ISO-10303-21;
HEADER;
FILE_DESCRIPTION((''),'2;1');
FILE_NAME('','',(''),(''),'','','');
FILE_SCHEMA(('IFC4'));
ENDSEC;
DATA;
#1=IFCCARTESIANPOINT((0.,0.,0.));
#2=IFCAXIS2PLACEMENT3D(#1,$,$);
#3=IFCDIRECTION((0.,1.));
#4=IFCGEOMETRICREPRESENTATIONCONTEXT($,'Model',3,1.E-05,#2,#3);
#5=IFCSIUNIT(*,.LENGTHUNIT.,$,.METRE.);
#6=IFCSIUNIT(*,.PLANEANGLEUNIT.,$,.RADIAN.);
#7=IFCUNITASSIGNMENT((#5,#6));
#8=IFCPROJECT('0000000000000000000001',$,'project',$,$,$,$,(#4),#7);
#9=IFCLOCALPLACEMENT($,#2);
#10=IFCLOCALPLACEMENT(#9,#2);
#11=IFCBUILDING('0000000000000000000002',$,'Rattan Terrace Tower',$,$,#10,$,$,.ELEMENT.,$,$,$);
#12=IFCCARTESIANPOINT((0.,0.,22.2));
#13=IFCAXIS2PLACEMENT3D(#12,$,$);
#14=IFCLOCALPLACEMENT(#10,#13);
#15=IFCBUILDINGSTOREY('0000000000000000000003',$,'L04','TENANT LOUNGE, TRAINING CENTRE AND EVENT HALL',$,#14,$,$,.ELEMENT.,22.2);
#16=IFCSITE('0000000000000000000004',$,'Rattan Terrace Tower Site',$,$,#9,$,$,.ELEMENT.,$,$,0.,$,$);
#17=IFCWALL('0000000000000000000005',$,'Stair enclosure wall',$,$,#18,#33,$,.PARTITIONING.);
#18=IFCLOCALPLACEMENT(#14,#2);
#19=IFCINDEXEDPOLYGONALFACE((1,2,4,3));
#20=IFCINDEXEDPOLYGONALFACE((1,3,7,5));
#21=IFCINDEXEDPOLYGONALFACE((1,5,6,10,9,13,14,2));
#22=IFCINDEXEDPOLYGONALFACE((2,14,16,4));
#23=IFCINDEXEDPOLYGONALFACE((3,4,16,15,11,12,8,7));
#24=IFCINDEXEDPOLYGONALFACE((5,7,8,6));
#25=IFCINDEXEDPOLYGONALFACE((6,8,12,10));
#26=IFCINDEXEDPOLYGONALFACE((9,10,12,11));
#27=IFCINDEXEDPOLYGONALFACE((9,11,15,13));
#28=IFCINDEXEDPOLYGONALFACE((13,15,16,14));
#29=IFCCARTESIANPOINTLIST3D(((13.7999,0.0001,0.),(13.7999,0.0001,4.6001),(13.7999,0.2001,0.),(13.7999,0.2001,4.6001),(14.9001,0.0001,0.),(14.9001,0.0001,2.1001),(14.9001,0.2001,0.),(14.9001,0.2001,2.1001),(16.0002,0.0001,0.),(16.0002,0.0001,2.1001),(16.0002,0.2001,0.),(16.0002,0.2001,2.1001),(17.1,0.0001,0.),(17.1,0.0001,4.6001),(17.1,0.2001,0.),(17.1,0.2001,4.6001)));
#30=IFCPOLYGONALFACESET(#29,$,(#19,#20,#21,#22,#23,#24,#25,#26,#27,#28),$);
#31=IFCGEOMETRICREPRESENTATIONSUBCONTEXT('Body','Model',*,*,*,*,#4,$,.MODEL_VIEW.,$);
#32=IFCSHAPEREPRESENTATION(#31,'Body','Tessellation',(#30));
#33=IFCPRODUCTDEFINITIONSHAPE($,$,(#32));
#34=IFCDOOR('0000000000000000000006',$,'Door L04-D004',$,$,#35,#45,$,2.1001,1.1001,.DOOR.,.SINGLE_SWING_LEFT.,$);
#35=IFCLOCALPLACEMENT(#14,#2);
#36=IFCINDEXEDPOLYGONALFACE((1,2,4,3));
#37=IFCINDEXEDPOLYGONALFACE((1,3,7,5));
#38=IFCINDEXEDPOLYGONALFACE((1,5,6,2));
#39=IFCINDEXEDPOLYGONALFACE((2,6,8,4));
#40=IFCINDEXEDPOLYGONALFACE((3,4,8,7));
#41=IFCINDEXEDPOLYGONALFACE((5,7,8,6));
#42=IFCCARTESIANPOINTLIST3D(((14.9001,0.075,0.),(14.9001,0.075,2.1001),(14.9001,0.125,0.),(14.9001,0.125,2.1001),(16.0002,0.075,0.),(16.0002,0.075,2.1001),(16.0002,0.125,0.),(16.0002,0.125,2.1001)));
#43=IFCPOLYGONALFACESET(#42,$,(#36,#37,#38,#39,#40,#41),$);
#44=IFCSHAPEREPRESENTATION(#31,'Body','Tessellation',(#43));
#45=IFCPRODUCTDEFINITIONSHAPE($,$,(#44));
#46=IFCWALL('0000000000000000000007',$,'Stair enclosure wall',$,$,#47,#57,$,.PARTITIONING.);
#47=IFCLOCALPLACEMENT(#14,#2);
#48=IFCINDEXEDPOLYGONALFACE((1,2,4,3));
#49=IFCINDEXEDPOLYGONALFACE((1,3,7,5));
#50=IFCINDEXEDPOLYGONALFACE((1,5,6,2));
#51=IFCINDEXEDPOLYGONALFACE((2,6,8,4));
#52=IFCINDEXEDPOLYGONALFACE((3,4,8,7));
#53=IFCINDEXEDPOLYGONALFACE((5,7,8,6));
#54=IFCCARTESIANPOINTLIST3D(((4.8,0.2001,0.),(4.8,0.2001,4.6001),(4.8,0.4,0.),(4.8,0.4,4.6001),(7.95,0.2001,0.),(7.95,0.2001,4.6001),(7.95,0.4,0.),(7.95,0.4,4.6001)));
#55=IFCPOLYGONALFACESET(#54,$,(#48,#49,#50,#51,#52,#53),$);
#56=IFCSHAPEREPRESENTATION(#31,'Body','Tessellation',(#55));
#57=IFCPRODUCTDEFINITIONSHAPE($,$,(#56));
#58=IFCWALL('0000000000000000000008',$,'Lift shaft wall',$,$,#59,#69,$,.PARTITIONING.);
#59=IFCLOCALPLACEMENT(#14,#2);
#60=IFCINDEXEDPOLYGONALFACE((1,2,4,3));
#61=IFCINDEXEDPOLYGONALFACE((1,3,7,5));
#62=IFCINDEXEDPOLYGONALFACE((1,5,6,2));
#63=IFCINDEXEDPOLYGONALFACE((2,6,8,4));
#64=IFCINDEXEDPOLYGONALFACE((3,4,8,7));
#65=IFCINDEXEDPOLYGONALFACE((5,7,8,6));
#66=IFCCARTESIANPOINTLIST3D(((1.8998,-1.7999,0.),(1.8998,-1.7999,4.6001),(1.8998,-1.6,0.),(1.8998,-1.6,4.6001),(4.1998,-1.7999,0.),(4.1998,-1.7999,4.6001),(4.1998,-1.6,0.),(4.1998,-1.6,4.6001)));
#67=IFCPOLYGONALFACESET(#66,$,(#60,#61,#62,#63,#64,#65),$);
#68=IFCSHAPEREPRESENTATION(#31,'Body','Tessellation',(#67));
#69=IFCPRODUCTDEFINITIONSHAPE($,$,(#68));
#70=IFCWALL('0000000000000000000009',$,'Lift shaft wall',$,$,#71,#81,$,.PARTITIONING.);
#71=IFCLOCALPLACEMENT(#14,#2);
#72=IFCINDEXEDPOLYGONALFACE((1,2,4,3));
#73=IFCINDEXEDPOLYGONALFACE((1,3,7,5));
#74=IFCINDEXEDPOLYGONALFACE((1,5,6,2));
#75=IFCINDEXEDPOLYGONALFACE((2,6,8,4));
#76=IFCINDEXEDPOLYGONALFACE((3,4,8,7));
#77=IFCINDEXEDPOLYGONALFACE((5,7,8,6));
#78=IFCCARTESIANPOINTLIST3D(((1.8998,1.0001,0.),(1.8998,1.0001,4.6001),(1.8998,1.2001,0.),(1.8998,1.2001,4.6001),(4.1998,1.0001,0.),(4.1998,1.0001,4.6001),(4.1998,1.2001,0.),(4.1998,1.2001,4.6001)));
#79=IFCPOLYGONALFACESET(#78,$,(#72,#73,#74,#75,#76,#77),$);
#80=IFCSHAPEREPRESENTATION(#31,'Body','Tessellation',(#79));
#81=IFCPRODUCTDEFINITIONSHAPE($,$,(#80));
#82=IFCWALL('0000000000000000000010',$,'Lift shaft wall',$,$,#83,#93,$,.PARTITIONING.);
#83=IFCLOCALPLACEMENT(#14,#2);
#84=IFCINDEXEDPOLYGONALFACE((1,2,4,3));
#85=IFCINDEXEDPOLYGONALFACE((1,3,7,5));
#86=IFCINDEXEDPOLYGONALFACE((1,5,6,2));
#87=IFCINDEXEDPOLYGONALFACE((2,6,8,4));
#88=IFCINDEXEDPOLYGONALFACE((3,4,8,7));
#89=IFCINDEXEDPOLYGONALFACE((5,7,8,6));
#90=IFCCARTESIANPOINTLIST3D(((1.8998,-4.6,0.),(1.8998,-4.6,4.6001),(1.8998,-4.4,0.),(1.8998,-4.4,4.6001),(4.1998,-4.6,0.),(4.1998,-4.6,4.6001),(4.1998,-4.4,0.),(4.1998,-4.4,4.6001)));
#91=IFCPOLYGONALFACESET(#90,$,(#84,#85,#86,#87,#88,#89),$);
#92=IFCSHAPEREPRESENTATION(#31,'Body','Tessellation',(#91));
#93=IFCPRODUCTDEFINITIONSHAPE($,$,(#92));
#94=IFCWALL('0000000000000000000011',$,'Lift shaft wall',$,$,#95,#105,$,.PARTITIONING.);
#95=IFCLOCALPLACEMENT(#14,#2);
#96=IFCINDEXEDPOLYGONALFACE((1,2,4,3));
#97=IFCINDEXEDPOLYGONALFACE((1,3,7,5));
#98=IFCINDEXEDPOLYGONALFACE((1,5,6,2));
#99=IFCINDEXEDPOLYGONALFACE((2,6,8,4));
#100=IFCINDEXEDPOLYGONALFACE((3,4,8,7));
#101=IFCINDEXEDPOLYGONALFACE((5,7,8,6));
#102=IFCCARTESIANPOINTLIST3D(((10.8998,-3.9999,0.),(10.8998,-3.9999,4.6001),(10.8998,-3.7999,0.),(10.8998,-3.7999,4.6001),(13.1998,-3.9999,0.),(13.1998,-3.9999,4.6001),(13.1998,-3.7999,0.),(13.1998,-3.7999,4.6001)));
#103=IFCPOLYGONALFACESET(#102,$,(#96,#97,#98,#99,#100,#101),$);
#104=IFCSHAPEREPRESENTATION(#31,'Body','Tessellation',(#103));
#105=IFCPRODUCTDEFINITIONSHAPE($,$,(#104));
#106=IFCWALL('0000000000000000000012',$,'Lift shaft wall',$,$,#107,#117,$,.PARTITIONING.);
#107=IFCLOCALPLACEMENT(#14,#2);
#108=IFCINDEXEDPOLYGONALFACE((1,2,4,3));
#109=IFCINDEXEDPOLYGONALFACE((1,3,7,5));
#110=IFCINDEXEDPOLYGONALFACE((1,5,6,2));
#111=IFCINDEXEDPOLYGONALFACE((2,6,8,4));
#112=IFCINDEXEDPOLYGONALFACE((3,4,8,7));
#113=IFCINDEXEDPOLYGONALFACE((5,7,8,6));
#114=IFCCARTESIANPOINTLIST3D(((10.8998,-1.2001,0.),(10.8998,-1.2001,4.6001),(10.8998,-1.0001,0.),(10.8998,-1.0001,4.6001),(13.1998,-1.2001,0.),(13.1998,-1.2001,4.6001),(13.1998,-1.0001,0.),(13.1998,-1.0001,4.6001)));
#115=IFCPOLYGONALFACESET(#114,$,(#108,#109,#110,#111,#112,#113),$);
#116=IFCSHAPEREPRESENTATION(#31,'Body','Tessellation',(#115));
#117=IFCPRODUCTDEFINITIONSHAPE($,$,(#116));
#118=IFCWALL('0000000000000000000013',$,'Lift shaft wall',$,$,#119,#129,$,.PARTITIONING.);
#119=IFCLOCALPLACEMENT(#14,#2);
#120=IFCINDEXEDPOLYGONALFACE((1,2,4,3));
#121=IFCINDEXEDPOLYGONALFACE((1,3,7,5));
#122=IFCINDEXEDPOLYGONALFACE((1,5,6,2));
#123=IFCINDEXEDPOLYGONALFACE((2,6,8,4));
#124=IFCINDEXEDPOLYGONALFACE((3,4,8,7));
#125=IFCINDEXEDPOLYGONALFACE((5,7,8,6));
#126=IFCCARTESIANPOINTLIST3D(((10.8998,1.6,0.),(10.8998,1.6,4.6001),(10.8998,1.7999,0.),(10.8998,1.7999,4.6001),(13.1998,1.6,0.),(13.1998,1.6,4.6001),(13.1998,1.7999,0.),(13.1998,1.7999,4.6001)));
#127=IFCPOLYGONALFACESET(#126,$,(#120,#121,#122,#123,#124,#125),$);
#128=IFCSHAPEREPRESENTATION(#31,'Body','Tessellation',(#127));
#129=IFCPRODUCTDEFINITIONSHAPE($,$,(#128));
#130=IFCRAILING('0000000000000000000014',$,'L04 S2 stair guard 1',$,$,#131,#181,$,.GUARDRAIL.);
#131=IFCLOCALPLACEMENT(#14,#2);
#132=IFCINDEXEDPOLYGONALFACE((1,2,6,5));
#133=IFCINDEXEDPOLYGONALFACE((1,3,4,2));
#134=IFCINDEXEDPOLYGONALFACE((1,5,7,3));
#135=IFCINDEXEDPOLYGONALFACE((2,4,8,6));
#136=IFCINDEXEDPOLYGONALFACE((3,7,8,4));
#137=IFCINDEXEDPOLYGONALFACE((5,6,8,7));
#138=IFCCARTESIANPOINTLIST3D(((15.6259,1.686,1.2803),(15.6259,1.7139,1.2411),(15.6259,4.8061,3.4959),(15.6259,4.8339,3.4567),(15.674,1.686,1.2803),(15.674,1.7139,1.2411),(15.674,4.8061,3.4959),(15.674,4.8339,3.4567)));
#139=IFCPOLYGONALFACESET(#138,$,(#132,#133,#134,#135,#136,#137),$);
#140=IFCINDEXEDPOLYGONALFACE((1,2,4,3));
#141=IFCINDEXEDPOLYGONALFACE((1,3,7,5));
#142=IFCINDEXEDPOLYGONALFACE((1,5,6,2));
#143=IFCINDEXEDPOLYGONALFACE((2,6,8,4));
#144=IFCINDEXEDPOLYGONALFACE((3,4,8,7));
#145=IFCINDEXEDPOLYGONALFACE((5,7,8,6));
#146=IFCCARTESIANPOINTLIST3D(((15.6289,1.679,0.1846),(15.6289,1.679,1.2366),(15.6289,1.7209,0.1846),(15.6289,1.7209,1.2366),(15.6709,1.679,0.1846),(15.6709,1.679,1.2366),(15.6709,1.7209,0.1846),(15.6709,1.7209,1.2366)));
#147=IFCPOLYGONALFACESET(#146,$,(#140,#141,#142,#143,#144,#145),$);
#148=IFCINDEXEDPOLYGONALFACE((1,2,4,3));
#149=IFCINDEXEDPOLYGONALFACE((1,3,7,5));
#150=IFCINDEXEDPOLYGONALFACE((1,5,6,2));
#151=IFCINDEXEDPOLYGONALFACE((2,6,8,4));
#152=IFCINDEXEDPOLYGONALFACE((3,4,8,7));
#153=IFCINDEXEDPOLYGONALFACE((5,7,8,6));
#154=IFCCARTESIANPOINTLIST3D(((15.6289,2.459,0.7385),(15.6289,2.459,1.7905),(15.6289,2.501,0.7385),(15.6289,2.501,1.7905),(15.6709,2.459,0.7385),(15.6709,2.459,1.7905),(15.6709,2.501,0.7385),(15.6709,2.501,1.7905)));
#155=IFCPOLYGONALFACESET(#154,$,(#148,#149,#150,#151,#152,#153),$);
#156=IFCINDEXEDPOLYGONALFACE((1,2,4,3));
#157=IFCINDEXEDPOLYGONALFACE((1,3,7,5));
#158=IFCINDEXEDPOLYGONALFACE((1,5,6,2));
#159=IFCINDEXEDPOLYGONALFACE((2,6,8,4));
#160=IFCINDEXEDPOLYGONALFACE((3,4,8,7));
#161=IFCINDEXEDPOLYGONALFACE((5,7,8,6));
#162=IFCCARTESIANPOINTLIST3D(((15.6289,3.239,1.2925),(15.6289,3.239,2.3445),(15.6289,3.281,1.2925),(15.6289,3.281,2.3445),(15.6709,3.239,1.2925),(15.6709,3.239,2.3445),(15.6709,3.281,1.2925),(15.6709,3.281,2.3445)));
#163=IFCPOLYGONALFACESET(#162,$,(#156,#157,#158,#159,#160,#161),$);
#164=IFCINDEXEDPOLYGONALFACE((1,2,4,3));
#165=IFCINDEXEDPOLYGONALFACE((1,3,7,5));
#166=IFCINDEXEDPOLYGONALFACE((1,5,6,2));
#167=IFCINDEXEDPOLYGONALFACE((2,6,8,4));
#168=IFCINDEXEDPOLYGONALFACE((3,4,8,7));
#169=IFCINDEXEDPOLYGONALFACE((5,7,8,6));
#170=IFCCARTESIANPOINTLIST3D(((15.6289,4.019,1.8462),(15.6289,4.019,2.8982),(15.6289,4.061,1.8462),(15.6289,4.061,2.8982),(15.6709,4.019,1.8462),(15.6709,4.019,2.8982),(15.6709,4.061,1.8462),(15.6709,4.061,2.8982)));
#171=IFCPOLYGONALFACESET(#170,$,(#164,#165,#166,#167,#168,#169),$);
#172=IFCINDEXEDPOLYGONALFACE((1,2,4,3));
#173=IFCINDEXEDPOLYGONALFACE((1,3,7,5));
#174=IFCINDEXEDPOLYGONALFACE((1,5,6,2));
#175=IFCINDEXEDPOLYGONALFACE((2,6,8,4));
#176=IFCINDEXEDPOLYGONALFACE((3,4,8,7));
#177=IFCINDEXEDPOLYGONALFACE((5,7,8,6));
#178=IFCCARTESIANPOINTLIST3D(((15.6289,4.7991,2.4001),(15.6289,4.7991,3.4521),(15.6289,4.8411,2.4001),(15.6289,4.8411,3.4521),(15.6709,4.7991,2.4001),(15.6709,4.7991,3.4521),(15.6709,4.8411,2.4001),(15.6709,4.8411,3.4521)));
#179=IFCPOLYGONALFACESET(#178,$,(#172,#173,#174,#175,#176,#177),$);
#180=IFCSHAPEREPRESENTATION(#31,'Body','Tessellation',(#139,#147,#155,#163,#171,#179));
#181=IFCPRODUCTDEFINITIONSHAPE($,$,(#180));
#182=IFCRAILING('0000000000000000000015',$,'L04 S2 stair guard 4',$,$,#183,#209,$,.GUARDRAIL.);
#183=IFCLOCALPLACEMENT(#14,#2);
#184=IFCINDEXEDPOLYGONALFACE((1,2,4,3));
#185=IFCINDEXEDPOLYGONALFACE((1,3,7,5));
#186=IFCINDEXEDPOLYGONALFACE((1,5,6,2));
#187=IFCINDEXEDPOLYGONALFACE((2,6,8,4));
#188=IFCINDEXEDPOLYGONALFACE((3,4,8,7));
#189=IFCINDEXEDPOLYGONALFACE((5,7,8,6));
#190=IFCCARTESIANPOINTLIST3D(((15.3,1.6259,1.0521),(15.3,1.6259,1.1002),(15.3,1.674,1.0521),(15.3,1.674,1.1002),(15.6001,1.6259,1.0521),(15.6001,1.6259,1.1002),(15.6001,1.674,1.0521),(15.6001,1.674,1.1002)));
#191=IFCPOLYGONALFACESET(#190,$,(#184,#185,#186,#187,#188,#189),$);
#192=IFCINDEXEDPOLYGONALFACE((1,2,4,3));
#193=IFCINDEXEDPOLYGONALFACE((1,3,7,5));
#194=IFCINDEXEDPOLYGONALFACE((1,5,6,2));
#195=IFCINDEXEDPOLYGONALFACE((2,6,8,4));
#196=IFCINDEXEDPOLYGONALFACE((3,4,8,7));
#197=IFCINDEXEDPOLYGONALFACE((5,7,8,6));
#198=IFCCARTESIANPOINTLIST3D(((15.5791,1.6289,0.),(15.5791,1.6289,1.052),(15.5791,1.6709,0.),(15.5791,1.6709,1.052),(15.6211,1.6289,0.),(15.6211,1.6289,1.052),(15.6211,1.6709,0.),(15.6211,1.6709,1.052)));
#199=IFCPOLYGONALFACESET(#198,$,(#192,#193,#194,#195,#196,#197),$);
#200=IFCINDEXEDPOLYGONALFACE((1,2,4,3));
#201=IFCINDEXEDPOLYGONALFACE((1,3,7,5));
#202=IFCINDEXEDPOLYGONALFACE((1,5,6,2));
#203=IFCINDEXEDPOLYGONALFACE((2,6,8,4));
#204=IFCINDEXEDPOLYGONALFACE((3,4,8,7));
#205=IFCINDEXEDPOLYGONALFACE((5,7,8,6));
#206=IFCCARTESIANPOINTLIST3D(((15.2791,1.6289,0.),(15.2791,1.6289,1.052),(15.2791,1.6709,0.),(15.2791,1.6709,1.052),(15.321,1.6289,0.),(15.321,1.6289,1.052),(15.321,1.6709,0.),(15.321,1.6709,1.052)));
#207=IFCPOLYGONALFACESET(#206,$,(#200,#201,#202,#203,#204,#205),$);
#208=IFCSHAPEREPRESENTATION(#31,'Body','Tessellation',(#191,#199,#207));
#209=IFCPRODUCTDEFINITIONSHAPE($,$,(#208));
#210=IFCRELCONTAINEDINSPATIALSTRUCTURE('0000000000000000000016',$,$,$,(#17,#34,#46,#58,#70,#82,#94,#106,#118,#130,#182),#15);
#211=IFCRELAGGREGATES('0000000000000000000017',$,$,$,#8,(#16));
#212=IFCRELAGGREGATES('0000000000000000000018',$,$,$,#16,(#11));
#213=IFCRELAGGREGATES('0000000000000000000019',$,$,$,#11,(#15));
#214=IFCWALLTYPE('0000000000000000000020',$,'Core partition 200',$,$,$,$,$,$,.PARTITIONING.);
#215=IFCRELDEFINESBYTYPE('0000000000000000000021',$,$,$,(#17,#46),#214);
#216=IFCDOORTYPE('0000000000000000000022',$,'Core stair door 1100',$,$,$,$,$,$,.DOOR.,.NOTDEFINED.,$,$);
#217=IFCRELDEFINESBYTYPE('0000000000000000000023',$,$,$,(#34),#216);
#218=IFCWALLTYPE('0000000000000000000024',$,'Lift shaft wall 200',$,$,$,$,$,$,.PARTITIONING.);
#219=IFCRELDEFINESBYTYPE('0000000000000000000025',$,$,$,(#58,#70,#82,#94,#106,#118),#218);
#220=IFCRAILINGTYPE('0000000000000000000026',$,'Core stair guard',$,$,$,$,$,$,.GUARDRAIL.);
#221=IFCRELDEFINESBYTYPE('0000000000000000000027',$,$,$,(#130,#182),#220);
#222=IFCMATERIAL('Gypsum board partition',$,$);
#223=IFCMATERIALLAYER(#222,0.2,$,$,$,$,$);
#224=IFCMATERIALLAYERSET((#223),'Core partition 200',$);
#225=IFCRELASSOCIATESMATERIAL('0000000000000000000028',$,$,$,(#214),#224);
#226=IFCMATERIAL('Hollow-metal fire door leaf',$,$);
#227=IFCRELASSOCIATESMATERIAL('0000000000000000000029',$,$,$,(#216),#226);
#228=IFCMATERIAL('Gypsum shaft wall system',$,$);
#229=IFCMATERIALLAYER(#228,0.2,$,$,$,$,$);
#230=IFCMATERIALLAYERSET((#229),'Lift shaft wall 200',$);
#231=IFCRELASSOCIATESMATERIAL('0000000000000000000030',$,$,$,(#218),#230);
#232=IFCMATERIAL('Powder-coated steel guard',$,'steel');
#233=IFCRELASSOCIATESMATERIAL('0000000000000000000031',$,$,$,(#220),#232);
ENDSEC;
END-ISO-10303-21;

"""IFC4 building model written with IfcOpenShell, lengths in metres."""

from ifc_helpers import new_model, si_unit, direction, frame, frame_2d, origin, origin_2d, place, context, subcontext, project, spatial, rectangle, extrude, material, layer, layer_set, type_object, element, fill, save


model = new_model("IFC4")

# Units and contexts
model_context = context("Model", 3, precision=1e-05, world=origin(), true_north=direction((0.0, 1.0)))
body_context = subcontext(model_context, "Body", "Model", "MODEL_VIEW")
ifc_project = project(units=[si_unit("LENGTHUNIT", "METRE"), si_unit("PLANEANGLEUNIT", "RADIAN")], contexts=[model_context])

# Site, building, storey
site_placement = place(None, origin())
site = spatial("IfcSite", under=ifc_project, at=site_placement, Name="Rattan Terrace Tower Site", CompositionType="ELEMENT", RefElevation=0.0)
building_placement = place(site_placement, origin())
building = spatial("IfcBuilding", under=site, at=building_placement, Name="Rattan Terrace Tower", CompositionType="ELEMENT")
storey_placement = place(building_placement, frame((0.0, 0.0, 22.2)))
storey = spatial("IfcBuildingStorey", under=building, at=storey_placement, Name="L04", Description="TENANT LOUNGE, TRAINING CENTRE AND EVENT HALL", CompositionType="ELEMENT", Elevation=22.2)

# Wall, opening, door
ifc_material_1 = material(Name="Gypsum board partition")
ifc_layer_1 = layer(ifc_material_1, 0.2)
ifc_layer_set_1 = layer_set([ifc_layer_1], Name="Core partition 200")
wall_type_1 = type_object("IfcWallType", Name="Core partition 200", PredefinedType="PARTITIONING", material=ifc_layer_set_1)
wall_1_placement = place(storey_placement, frame((13.8, 0.1001, 0.0), z_axis=(0.0, 0.0, 1.0), x_axis=(1.0, 0.0, 0.0)))
wall_1 = element("IfcWall", 1, at=wall_1_placement, inside=storey, type_object=wall_type_1, Name="Stair enclosure wall", PredefinedType="PARTITIONING", context=body_context, shape_type="SweptSolid", body=[
    extrude(rectangle(XDim=3.3, YDim=0.2, at=frame_2d((1.6499, 0.0))), origin(), (0.0, 0.0, 1.0), 4.6001),
])
opening_1_placement = place(wall_1_placement, frame((1.1001, 0.0, 0.0)))
opening_1 = element("IfcOpeningElement", 2, at=opening_1_placement, cuts=wall_1, PredefinedType="OPENING", context=body_context, shape_type="SweptSolid", body=[
    extrude(rectangle(XDim=1.1001, YDim=2.1001, at=frame_2d((0.55, 1.05))), frame((0.0, 0.1106, 0.0), z_axis=(0.0, -1.0, 0.0), x_axis=(1.0, 0.0, 0.0)), (0.0, 0.0, 1.0), 0.2209),
])
ifc_material_2 = material(Name="Hollow-metal fire door leaf")
door_type_1 = type_object("IfcDoorType", Name="Core stair door 1100", OperationType="NOTDEFINED", PredefinedType="DOOR", material=ifc_material_2)
door_1_placement = place(opening_1_placement, origin())
door_1 = element("IfcDoor", 3, at=door_1_placement, inside=storey, type_object=door_type_1, Name="Door L04-D004", OperationType="SINGLE_SWING_LEFT", OverallHeight=2.1001, OverallWidth=1.1001, PredefinedType="DOOR", context=body_context, shape_type="SweptSolid", body=[
    extrude(rectangle(XDim=1.1001, YDim=2.1001, at=frame_2d((0.55, 1.05))), frame((0.0, 0.0249, 0.0), z_axis=(0.0, -1.0, 0.0), x_axis=(1.0, 0.0, 0.0)), (0.0, 0.0, 1.0), 0.05),
])
fill(opening_1, door_1)

# Walls
wall_2_placement = place(storey_placement, frame((4.8, 0.3, 0.0), z_axis=(0.0, 0.0, 1.0), x_axis=(1.0, 0.0, 0.0)))
element("IfcWall", 4, at=wall_2_placement, inside=storey, type_object=wall_type_1, Name="Stair enclosure wall", PredefinedType="PARTITIONING", context=body_context, shape_type="SweptSolid", body=[
    extrude(rectangle(XDim=3.1499, YDim=0.2, at=frame_2d((1.575, 0.0))), origin(), (0.0, 0.0, 1.0), 4.6001),
])
ifc_material_3 = material(Name="Gypsum shaft wall system")
ifc_layer_2 = layer(ifc_material_3, 0.2)
ifc_layer_set_2 = layer_set([ifc_layer_2], Name="Lift shaft wall 200")
wall_type_2 = type_object("IfcWallType", Name="Lift shaft wall 200", PredefinedType="PARTITIONING", material=ifc_layer_set_2)
for number, where, z_axis, x_axis, name in (
    (5, (1.8999, -1.7, 0.0), (0.0, 0.0, 1.0), (1.0, 0.0, 0.0), "Lift shaft wall"),
    (6, (1.8999, 1.1001, 0.0), (0.0, 0.0, 1.0), (1.0, 0.0, 0.0), "Lift shaft wall"),
    (7, (1.8999, -4.5, 0.0), (0.0, 0.0, 1.0), (1.0, 0.0, 0.0), "Lift shaft wall"),
    (8, (10.8999, -3.8999, 0.0), (0.0, 0.0, 1.0), (1.0, 0.0, 0.0), "Lift shaft wall"),
    (9, (10.8999, -1.1001, 0.0), (0.0, 0.0, 1.0), (1.0, 0.0, 0.0), "Lift shaft wall"),
    (10, (10.8999, 1.7, 0.0), (0.0, 0.0, 1.0), (1.0, 0.0, 0.0), "Lift shaft wall"),
):
    element("IfcWall", number, at=place(storey_placement, frame(where, z_axis=z_axis, x_axis=x_axis)), inside=storey, type_object=wall_type_2, Name=name, PredefinedType="PARTITIONING", context=body_context, shape_type="SweptSolid", body=[
        extrude(rectangle(XDim=2.3, YDim=0.2, at=frame_2d((1.1499, 0.0))), origin(), (0.0, 0.0, 1.0), 4.6001),
    ])

# Railings
ifc_material_4 = material(Name="Powder-coated steel guard", Category="steel")
railing_type = type_object("IfcRailingType", Name="Core stair guard", PredefinedType="GUARDRAIL", material=ifc_material_4)
railing_1_placement = place(storey_placement, frame((15.6499, 1.7, 0.1846)))
element("IfcRailing", 11, at=railing_1_placement, inside=storey, type_object=railing_type, Name="L04 S2 stair guard 1", PredefinedType="GUARDRAIL", context=body_context, shape_type="SweptSolid", body=[
    extrude(rectangle(XDim=0.0481, YDim=0.0481, at=origin_2d()), frame((0.0, 0.0, 1.0762), z_axis=(0.0, 0.815347, 0.578973), x_axis=(-1.0, 0.0, 0.0)), (0.0, 0.0, 1.0), 3.8267),
    extrude(rectangle(XDim=0.042, YDim=0.042, at=origin_2d()), origin(), (0.0, 0.0, 1.0), 1.052),
    extrude(rectangle(XDim=0.042, YDim=0.042, at=origin_2d()), frame((0.0, 0.78, 0.554)), (0.0, 0.0, 1.0), 1.052),
    extrude(rectangle(XDim=0.042, YDim=0.042, at=origin_2d()), frame((0.0, 1.5601, 1.1079)), (0.0, 0.0, 1.0), 1.052),
    extrude(rectangle(XDim=0.042, YDim=0.042, at=origin_2d()), frame((0.0, 2.3401, 1.6616)), (0.0, 0.0, 1.0), 1.052),
    extrude(rectangle(XDim=0.042, YDim=0.042, at=origin_2d()), frame((0.0, 3.1201, 2.2156)), (0.0, 0.0, 1.0), 1.052),
])
railing_2_placement = place(storey_placement, frame((15.6001, 1.6499, 0.0)))
element("IfcRailing", 12, at=railing_2_placement, inside=storey, type_object=railing_type, Name="L04 S2 stair guard 4", PredefinedType="GUARDRAIL", context=body_context, shape_type="SweptSolid", body=[
    extrude(rectangle(XDim=0.0481, YDim=0.0481, at=origin_2d()), frame((0.0, 0.0, 1.0762), z_axis=(-1.0, 0.0, 0.0), x_axis=(0.0, -1.0, 0.0)), (0.0, 0.0, 1.0), 0.3),
    extrude(rectangle(XDim=0.042, YDim=0.042, at=origin_2d()), origin(), (0.0, 0.0, 1.0), 1.052),
    extrude(rectangle(XDim=0.042, YDim=0.042, at=origin_2d()), frame((-0.3, 0.0, 0.0)), (0.0, 0.0, 1.0), 1.052),
])

save(model, "model.ifc")
